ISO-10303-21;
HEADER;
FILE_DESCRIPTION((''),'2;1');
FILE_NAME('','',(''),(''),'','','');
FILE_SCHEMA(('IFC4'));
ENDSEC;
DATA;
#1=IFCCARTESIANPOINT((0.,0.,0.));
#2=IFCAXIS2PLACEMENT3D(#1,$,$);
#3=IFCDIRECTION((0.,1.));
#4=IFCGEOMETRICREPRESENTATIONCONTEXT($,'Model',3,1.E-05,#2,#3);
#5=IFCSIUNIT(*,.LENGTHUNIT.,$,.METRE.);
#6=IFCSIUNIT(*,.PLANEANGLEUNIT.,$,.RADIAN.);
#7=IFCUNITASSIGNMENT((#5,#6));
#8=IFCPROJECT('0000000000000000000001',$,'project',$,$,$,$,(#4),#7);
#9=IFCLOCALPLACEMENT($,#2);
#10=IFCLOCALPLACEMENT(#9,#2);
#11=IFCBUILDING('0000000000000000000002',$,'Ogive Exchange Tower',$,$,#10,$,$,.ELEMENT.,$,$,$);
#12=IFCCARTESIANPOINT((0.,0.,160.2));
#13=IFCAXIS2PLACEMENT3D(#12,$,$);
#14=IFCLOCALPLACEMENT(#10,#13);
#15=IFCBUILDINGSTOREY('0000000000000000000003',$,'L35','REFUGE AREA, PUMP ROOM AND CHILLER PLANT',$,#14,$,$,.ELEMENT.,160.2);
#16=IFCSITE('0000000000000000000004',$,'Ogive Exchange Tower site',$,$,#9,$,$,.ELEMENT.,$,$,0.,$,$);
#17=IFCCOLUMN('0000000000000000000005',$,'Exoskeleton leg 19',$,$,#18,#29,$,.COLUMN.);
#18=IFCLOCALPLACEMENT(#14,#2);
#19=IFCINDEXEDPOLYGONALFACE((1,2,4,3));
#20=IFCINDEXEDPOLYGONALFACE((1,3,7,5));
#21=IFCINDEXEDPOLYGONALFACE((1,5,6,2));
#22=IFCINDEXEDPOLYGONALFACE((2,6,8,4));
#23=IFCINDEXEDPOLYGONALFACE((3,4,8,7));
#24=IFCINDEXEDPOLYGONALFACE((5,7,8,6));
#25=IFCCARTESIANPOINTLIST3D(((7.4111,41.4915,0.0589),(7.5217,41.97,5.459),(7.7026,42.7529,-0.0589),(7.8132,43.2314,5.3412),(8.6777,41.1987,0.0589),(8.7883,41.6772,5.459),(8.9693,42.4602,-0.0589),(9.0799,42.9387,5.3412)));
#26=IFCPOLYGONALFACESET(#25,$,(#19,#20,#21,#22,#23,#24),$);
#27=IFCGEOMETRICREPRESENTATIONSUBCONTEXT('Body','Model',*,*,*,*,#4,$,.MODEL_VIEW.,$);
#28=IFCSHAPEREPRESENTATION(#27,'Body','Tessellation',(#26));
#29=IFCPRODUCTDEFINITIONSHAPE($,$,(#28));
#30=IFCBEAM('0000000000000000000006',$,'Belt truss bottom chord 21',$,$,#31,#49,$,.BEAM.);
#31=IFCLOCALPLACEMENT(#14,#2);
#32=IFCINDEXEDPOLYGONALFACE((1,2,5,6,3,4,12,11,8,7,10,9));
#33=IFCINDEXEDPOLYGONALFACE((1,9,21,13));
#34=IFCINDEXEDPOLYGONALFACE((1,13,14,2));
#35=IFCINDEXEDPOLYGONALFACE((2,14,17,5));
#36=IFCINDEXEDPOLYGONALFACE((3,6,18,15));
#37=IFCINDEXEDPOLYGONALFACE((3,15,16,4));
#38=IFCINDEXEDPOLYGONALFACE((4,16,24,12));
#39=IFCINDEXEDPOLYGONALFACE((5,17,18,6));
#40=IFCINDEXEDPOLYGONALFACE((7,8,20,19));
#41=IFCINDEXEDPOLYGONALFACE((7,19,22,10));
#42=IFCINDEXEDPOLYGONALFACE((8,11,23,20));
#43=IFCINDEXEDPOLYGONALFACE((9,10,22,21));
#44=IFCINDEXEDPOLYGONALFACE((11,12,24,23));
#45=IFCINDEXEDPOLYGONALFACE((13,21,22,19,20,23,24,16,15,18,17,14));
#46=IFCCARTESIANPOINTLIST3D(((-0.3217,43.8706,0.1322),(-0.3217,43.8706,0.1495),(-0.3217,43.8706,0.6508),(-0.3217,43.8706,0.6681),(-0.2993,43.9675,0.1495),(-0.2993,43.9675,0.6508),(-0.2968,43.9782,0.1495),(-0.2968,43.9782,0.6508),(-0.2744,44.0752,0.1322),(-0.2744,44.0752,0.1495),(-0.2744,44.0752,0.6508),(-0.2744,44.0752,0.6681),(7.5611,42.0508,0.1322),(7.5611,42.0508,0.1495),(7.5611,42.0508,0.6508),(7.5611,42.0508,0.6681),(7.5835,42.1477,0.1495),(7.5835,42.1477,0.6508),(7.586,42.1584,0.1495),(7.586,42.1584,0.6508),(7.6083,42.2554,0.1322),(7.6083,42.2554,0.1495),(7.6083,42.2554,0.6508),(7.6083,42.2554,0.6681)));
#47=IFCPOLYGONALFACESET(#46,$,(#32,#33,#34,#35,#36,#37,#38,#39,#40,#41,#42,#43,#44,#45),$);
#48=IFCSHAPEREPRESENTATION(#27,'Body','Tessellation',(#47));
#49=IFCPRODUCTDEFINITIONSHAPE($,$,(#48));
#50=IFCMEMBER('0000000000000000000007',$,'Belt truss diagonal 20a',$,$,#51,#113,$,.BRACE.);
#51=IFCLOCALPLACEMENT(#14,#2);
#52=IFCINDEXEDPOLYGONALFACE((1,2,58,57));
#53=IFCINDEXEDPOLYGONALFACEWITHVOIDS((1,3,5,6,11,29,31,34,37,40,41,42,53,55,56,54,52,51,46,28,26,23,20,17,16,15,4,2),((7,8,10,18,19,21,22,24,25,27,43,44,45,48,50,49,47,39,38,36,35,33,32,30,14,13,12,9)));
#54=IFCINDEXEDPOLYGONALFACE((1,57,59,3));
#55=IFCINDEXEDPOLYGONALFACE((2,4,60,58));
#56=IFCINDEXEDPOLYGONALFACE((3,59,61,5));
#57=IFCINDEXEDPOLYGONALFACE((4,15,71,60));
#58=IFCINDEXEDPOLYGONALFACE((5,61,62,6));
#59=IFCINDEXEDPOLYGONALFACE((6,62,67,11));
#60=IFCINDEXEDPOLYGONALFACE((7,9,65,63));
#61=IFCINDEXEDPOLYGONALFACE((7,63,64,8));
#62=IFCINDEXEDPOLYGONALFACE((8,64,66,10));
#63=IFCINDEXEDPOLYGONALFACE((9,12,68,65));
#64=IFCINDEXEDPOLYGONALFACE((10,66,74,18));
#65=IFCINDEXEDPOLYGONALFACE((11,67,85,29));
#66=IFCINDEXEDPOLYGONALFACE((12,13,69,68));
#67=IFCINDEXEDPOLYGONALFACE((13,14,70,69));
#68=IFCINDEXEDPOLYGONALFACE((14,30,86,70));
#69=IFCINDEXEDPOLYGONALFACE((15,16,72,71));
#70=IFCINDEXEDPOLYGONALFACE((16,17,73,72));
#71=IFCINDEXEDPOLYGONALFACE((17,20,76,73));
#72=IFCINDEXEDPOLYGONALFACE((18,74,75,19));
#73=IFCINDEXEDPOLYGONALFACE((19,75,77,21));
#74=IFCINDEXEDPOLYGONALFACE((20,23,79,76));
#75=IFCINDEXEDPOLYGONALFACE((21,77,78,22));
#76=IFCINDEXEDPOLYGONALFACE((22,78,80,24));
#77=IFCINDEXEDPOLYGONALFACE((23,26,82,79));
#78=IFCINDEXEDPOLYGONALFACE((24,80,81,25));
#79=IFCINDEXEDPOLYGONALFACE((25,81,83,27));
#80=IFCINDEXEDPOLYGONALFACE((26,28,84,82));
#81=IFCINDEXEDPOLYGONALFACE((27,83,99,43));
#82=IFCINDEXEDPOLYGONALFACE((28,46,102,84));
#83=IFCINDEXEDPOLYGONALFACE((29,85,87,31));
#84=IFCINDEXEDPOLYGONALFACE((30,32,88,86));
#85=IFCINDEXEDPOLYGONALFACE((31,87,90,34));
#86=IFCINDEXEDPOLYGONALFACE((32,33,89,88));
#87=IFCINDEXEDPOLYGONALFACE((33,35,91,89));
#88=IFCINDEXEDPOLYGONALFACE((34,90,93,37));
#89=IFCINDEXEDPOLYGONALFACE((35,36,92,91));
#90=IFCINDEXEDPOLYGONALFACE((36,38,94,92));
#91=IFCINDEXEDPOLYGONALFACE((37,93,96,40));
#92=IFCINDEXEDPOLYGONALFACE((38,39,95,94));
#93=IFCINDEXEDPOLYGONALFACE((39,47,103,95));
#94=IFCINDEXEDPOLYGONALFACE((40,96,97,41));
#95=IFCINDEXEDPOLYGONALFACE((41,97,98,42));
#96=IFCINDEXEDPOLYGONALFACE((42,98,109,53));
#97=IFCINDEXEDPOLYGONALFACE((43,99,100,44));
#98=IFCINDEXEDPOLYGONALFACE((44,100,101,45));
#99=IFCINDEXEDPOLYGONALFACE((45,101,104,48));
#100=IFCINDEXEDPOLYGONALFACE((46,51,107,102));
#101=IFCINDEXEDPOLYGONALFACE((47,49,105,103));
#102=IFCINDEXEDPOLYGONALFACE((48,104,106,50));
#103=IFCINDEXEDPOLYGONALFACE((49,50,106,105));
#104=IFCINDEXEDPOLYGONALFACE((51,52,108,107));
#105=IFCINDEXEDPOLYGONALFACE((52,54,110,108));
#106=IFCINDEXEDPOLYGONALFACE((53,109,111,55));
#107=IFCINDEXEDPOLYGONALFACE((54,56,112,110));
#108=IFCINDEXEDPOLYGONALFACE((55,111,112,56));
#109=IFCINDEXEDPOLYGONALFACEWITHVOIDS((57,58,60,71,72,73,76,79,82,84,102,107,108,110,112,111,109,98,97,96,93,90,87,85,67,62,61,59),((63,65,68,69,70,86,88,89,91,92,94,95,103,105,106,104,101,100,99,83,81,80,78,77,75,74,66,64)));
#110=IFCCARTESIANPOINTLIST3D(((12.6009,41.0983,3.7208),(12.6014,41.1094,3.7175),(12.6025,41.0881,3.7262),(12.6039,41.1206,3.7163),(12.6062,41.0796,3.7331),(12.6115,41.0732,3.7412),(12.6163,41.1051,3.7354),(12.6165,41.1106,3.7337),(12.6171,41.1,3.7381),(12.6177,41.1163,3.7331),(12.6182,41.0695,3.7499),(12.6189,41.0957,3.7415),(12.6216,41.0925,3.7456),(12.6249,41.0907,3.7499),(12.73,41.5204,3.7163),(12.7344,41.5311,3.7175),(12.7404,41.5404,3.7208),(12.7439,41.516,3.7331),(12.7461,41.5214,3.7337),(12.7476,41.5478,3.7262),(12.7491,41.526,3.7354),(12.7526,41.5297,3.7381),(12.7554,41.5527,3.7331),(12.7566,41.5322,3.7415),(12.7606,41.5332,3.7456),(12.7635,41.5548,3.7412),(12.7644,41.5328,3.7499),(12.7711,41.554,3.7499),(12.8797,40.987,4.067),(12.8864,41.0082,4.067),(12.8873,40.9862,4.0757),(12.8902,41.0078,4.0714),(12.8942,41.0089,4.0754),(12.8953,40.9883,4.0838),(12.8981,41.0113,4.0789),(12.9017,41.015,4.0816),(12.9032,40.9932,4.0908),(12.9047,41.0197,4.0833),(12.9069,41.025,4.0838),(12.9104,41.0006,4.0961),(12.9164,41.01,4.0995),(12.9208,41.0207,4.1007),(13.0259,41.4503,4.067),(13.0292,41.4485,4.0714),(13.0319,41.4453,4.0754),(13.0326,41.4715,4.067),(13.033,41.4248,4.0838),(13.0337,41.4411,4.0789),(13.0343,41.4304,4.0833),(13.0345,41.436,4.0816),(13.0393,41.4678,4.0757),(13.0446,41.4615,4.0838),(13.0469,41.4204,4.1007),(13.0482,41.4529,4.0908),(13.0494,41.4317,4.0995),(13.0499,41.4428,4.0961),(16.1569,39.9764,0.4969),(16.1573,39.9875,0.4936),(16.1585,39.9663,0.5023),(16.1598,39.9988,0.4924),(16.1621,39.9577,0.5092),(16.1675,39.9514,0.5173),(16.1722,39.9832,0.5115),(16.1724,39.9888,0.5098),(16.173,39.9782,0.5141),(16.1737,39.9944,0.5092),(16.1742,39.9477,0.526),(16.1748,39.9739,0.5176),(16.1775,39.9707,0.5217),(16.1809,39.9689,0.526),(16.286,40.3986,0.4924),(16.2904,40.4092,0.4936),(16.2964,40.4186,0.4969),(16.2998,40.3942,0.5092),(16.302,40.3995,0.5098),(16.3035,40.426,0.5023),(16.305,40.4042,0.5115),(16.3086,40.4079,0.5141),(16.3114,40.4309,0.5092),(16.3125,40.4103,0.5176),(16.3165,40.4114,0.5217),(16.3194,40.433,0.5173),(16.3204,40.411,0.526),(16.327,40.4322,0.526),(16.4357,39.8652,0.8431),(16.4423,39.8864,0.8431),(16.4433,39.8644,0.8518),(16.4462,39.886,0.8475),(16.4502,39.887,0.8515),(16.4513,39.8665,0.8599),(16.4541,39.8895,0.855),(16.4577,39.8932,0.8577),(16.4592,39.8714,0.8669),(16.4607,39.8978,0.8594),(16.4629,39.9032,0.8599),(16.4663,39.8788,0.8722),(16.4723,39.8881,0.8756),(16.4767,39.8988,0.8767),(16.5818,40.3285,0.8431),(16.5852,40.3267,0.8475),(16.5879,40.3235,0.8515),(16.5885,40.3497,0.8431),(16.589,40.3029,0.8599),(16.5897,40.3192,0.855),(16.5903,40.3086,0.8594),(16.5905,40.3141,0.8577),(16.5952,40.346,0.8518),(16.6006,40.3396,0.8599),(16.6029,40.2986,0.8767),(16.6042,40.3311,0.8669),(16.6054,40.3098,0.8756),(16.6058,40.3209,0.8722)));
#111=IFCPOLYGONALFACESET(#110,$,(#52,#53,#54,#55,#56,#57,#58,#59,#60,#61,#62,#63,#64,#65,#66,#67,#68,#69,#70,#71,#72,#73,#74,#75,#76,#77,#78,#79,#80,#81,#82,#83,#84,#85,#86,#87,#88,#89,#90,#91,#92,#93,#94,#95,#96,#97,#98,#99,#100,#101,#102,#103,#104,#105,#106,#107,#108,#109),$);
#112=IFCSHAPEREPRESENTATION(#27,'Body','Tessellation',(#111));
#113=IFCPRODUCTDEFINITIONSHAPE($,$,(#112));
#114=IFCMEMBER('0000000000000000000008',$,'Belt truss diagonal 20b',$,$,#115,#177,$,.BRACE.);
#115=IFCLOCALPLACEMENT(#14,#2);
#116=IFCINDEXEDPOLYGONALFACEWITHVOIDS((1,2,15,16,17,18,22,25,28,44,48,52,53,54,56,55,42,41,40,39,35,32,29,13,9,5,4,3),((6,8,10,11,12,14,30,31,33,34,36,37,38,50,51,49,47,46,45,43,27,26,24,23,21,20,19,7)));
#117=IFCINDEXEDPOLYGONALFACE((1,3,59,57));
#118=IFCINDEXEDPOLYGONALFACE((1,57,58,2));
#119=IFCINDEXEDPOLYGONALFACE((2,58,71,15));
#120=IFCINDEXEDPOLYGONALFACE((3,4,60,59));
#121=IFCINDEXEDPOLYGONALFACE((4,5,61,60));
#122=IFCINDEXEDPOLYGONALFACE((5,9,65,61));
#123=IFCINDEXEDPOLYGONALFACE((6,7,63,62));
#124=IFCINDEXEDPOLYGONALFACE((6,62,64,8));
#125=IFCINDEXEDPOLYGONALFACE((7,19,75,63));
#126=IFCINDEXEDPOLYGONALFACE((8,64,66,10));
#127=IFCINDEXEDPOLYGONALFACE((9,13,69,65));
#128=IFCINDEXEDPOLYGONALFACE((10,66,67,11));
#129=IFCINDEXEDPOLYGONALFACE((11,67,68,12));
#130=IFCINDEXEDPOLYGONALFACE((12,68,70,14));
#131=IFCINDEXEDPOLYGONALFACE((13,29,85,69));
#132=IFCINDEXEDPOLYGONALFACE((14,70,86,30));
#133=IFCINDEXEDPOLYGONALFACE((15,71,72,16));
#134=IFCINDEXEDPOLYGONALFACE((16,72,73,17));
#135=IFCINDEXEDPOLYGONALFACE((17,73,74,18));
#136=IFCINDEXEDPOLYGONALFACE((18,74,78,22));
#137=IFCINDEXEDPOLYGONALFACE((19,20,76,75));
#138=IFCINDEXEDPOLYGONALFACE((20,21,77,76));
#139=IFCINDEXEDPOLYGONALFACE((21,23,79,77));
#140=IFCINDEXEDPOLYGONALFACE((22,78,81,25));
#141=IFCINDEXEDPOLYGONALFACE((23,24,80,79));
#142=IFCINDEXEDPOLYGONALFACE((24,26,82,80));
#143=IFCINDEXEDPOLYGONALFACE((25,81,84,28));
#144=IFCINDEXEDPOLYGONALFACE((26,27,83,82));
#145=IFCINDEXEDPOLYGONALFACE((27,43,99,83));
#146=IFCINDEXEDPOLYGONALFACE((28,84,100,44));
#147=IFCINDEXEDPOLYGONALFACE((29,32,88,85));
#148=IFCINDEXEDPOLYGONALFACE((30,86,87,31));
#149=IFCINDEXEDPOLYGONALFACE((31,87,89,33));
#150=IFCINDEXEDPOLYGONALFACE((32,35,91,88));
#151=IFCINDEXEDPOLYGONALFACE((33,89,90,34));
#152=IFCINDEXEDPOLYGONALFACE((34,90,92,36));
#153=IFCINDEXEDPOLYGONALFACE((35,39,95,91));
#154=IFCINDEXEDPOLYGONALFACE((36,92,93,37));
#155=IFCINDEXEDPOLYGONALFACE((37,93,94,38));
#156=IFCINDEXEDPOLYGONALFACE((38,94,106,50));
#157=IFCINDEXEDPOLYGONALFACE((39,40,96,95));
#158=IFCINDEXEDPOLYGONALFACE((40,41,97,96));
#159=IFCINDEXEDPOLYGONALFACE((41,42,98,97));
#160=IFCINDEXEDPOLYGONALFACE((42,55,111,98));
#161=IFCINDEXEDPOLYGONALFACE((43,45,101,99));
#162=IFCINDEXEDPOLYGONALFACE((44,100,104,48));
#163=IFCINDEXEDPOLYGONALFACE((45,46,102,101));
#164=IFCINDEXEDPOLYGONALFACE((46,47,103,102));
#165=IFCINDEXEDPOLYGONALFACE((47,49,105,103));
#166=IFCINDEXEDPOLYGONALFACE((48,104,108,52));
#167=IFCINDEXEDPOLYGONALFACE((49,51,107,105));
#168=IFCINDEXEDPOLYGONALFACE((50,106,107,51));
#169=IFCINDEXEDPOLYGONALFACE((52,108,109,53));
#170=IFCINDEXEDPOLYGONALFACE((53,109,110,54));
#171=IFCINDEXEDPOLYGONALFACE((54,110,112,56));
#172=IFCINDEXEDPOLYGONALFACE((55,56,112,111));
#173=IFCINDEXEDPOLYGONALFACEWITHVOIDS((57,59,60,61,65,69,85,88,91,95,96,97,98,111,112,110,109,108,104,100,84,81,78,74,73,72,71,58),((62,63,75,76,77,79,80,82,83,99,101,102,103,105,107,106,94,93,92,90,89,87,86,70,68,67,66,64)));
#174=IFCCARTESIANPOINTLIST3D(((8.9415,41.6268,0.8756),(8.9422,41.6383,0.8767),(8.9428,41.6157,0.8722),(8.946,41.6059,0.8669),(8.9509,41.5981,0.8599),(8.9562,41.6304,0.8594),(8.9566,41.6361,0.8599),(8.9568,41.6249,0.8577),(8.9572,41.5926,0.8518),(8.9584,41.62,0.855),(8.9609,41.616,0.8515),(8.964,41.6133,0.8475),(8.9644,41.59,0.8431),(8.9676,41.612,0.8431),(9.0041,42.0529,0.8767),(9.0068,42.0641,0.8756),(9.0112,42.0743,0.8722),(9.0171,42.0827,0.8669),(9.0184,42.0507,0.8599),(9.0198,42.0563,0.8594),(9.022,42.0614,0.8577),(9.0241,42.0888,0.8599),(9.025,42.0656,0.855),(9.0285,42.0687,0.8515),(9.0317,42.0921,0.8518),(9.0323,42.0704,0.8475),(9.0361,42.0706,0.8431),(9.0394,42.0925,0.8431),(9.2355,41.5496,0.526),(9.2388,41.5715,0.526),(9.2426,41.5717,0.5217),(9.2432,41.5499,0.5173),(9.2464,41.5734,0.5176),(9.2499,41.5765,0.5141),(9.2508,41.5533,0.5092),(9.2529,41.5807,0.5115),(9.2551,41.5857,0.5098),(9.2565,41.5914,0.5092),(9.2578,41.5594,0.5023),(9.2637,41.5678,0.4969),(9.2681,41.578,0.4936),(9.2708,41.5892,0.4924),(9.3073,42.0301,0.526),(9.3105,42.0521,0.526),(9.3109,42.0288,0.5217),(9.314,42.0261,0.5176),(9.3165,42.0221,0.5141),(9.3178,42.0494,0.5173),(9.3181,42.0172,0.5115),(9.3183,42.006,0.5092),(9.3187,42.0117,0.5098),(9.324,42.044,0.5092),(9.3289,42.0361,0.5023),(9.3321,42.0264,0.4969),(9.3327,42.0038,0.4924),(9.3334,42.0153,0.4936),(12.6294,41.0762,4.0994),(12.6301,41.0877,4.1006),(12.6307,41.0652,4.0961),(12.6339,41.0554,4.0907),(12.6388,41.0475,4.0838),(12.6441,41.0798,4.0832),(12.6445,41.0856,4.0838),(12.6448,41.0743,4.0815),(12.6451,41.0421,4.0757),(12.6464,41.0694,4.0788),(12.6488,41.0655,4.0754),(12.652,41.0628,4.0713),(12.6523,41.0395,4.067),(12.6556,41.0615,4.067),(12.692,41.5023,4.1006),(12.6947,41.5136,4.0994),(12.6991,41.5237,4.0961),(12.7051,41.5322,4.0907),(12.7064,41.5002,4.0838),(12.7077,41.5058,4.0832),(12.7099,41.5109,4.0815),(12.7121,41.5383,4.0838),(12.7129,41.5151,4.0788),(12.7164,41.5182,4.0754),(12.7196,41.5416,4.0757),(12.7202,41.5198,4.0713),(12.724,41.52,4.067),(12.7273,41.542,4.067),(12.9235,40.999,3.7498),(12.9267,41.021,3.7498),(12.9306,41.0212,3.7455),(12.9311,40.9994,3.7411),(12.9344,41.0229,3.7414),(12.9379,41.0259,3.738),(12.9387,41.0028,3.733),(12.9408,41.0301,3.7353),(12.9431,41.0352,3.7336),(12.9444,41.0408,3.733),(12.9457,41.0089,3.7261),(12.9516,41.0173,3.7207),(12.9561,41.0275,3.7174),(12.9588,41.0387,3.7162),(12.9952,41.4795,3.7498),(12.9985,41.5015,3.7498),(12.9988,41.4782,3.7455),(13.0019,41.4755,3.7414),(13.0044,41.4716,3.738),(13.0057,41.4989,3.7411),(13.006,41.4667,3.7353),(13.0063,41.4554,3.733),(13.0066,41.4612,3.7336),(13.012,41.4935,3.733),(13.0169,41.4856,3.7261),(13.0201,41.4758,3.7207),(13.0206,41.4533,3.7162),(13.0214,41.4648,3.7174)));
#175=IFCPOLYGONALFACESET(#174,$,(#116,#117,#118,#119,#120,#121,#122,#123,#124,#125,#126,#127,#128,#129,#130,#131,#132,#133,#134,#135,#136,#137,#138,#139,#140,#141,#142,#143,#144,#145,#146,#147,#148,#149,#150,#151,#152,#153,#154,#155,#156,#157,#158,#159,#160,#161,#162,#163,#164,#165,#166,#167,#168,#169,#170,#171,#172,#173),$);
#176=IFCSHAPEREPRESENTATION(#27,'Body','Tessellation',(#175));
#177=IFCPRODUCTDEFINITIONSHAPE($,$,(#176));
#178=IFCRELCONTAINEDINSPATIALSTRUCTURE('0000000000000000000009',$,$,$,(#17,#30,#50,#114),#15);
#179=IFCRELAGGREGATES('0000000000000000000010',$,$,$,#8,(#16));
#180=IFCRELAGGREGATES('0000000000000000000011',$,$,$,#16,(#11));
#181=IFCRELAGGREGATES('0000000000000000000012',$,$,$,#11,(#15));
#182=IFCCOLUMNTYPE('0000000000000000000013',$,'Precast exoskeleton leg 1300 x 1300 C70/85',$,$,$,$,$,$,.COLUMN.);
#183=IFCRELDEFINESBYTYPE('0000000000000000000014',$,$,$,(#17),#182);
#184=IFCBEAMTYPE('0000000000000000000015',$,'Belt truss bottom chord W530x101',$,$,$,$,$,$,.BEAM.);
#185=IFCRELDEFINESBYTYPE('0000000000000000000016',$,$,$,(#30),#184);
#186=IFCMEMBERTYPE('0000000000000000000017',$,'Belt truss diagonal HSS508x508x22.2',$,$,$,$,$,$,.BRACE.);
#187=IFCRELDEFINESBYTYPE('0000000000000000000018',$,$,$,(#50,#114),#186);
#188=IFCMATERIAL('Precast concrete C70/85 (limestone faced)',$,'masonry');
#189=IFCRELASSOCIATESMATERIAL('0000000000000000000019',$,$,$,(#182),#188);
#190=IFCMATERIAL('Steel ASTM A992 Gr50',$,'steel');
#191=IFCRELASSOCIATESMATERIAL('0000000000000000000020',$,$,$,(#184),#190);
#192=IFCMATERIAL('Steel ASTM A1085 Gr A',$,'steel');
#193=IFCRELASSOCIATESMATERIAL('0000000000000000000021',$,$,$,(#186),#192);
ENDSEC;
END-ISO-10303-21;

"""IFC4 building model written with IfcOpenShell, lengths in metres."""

from ifc_helpers import new_model, si_unit, direction, frame, origin, origin_2d, place, context, subcontext, project, spatial, rectangle, hollow_rectangle, i_section, extrude, material, material_profile, profile_set, type_object, element, save


model = new_model("IFC4")

# Units and contexts
model_context = context("Model", 3, precision=1e-05, world=origin(), true_north=direction((0.0, 1.0)))
body_context = subcontext(model_context, "Body", "Model", "MODEL_VIEW")
ifc_project = project(units=[si_unit("LENGTHUNIT", "METRE"), si_unit("PLANEANGLEUNIT", "RADIAN")], contexts=[model_context])

# Site, building, storey
site_placement = place(None, origin())
site = spatial("IfcSite", under=ifc_project, at=site_placement, Name="Ogive Exchange Tower site", CompositionType="ELEMENT", RefElevation=0.0)
building_placement = place(site_placement, origin())
building = spatial("IfcBuilding", under=site, at=building_placement, Name="Ogive Exchange Tower", CompositionType="ELEMENT")
storey_placement = place(building_placement, frame((0.0, 0.0, 160.2)))
storey = spatial("IfcBuildingStorey", under=building, at=storey_placement, Name="L35", Description="REFUGE AREA, PUMP ROOM AND CHILLER PLANT", CompositionType="ELEMENT", Elevation=160.2)

# Column
ifc_material_1 = material(Name="Precast concrete C70/85 (limestone faced)", Category="masonry")
ifc_material_profile_1 = material_profile(ifc_material_1, rectangle(XDim=1.3, YDim=1.3, at=origin_2d()), Name="1300 x 1300")
ifc_profile_set_1 = profile_set([ifc_material_profile_1], Name="Precast concrete C70/85 (limestone faced)")
column_type = type_object("IfcColumnType", Name="Precast exoskeleton leg 1300 x 1300 C70/85", PredefinedType="COLUMN", material=ifc_profile_set_1)
column_placement = place(storey_placement, frame((8.1902, 41.9758, 0.0), z_axis=(0.020396, 0.088247, 0.99589), x_axis=(-0.974316, 0.225186, 0.0)))
element("IfcColumn", 1, at=column_placement, inside=storey, type_object=column_type, Name="Exoskeleton leg 19", PredefinedType="COLUMN", context=body_context, shape_type="SweptSolid", body=[
    extrude(rectangle(XDim=1.3, YDim=1.3, at=origin_2d()), origin(), (0.0, 0.0, 1.0), 5.4224),
])

# Beam
ifc_material_2 = material(Name="Steel ASTM A992 Gr50", Category="steel")
ifc_material_profile_2 = material_profile(ifc_material_2, i_section(OverallWidth=0.21, OverallDepth=0.5359, WebThickness=0.011, FlangeThickness=0.0173, at=origin_2d()), Name="W530x101")
ifc_profile_set_2 = profile_set([ifc_material_profile_2], Name="Steel ASTM A992 Gr50")
beam_type_1 = type_object("IfcBeamType", Name="Belt truss bottom chord W530x101", PredefinedType="BEAM", material=ifc_profile_set_2)
beam_1_placement = place(storey_placement, frame((7.5847, 42.1531, 0.4001), z_axis=(-0.974372, 0.224943, 0.0), x_axis=(-0.224943, -0.974372, 0.0)))
element("IfcBeam", 2, at=beam_1_placement, inside=storey, type_object=beam_type_1, Name="Belt truss bottom chord 21", PredefinedType="BEAM", context=body_context, shape_type="SweptSolid", body=[
    extrude(i_section(OverallWidth=0.21, OverallDepth=0.5359, WebThickness=0.011, FlangeThickness=0.0173, at=origin_2d()), origin(), (0.0, 0.0, 1.0), 8.0901),
])

# Members
ifc_material_3 = material(Name="Steel ASTM A1085 Gr A", Category="steel")
ifc_material_profile_3 = material_profile(ifc_material_3, hollow_rectangle(XDim=0.5081, YDim=0.5081, WallThickness=0.0222, InnerFilletRadius=0.0222, OuterFilletRadius=0.0444, at=origin_2d()), Name="HSS508x508x22.2")
ifc_profile_set_3 = profile_set([ifc_material_profile_3], Name="Steel ASTM A1085 Gr A")
member_type_1 = type_object("IfcMemberType", Name="Belt truss diagonal HSS508x508x22.2", PredefinedType="BRACE", material=ifc_profile_set_3)
for number, where, z_axis, x_axis, name in (
    (3, (16.3813, 40.1487, 0.6846), (-0.721406, 0.227591, 0.654045), (-0.300865, -0.953667, 0.0), "Belt truss diagonal 20a"),
    (4, (9.1375, 41.821, 0.6846), (0.748181, -0.111687, 0.654027), (0.147642, 0.989041, 0.0), "Belt truss diagonal 20b"),
):
    element("IfcMember", number, at=place(storey_placement, frame(where, z_axis=z_axis, x_axis=x_axis)), inside=storey, type_object=member_type_1, Name=name, PredefinedType="BRACE", context=body_context, shape_type="SweptSolid", body=[
        extrude(hollow_rectangle(XDim=0.5081, YDim=0.5081, WallThickness=0.0222, InnerFilletRadius=0.0222, OuterFilletRadius=0.0444, at=origin_2d()), origin(), (0.0, 0.0, 1.0), 4.9292),
    ])

save(model, "model.ifc")
